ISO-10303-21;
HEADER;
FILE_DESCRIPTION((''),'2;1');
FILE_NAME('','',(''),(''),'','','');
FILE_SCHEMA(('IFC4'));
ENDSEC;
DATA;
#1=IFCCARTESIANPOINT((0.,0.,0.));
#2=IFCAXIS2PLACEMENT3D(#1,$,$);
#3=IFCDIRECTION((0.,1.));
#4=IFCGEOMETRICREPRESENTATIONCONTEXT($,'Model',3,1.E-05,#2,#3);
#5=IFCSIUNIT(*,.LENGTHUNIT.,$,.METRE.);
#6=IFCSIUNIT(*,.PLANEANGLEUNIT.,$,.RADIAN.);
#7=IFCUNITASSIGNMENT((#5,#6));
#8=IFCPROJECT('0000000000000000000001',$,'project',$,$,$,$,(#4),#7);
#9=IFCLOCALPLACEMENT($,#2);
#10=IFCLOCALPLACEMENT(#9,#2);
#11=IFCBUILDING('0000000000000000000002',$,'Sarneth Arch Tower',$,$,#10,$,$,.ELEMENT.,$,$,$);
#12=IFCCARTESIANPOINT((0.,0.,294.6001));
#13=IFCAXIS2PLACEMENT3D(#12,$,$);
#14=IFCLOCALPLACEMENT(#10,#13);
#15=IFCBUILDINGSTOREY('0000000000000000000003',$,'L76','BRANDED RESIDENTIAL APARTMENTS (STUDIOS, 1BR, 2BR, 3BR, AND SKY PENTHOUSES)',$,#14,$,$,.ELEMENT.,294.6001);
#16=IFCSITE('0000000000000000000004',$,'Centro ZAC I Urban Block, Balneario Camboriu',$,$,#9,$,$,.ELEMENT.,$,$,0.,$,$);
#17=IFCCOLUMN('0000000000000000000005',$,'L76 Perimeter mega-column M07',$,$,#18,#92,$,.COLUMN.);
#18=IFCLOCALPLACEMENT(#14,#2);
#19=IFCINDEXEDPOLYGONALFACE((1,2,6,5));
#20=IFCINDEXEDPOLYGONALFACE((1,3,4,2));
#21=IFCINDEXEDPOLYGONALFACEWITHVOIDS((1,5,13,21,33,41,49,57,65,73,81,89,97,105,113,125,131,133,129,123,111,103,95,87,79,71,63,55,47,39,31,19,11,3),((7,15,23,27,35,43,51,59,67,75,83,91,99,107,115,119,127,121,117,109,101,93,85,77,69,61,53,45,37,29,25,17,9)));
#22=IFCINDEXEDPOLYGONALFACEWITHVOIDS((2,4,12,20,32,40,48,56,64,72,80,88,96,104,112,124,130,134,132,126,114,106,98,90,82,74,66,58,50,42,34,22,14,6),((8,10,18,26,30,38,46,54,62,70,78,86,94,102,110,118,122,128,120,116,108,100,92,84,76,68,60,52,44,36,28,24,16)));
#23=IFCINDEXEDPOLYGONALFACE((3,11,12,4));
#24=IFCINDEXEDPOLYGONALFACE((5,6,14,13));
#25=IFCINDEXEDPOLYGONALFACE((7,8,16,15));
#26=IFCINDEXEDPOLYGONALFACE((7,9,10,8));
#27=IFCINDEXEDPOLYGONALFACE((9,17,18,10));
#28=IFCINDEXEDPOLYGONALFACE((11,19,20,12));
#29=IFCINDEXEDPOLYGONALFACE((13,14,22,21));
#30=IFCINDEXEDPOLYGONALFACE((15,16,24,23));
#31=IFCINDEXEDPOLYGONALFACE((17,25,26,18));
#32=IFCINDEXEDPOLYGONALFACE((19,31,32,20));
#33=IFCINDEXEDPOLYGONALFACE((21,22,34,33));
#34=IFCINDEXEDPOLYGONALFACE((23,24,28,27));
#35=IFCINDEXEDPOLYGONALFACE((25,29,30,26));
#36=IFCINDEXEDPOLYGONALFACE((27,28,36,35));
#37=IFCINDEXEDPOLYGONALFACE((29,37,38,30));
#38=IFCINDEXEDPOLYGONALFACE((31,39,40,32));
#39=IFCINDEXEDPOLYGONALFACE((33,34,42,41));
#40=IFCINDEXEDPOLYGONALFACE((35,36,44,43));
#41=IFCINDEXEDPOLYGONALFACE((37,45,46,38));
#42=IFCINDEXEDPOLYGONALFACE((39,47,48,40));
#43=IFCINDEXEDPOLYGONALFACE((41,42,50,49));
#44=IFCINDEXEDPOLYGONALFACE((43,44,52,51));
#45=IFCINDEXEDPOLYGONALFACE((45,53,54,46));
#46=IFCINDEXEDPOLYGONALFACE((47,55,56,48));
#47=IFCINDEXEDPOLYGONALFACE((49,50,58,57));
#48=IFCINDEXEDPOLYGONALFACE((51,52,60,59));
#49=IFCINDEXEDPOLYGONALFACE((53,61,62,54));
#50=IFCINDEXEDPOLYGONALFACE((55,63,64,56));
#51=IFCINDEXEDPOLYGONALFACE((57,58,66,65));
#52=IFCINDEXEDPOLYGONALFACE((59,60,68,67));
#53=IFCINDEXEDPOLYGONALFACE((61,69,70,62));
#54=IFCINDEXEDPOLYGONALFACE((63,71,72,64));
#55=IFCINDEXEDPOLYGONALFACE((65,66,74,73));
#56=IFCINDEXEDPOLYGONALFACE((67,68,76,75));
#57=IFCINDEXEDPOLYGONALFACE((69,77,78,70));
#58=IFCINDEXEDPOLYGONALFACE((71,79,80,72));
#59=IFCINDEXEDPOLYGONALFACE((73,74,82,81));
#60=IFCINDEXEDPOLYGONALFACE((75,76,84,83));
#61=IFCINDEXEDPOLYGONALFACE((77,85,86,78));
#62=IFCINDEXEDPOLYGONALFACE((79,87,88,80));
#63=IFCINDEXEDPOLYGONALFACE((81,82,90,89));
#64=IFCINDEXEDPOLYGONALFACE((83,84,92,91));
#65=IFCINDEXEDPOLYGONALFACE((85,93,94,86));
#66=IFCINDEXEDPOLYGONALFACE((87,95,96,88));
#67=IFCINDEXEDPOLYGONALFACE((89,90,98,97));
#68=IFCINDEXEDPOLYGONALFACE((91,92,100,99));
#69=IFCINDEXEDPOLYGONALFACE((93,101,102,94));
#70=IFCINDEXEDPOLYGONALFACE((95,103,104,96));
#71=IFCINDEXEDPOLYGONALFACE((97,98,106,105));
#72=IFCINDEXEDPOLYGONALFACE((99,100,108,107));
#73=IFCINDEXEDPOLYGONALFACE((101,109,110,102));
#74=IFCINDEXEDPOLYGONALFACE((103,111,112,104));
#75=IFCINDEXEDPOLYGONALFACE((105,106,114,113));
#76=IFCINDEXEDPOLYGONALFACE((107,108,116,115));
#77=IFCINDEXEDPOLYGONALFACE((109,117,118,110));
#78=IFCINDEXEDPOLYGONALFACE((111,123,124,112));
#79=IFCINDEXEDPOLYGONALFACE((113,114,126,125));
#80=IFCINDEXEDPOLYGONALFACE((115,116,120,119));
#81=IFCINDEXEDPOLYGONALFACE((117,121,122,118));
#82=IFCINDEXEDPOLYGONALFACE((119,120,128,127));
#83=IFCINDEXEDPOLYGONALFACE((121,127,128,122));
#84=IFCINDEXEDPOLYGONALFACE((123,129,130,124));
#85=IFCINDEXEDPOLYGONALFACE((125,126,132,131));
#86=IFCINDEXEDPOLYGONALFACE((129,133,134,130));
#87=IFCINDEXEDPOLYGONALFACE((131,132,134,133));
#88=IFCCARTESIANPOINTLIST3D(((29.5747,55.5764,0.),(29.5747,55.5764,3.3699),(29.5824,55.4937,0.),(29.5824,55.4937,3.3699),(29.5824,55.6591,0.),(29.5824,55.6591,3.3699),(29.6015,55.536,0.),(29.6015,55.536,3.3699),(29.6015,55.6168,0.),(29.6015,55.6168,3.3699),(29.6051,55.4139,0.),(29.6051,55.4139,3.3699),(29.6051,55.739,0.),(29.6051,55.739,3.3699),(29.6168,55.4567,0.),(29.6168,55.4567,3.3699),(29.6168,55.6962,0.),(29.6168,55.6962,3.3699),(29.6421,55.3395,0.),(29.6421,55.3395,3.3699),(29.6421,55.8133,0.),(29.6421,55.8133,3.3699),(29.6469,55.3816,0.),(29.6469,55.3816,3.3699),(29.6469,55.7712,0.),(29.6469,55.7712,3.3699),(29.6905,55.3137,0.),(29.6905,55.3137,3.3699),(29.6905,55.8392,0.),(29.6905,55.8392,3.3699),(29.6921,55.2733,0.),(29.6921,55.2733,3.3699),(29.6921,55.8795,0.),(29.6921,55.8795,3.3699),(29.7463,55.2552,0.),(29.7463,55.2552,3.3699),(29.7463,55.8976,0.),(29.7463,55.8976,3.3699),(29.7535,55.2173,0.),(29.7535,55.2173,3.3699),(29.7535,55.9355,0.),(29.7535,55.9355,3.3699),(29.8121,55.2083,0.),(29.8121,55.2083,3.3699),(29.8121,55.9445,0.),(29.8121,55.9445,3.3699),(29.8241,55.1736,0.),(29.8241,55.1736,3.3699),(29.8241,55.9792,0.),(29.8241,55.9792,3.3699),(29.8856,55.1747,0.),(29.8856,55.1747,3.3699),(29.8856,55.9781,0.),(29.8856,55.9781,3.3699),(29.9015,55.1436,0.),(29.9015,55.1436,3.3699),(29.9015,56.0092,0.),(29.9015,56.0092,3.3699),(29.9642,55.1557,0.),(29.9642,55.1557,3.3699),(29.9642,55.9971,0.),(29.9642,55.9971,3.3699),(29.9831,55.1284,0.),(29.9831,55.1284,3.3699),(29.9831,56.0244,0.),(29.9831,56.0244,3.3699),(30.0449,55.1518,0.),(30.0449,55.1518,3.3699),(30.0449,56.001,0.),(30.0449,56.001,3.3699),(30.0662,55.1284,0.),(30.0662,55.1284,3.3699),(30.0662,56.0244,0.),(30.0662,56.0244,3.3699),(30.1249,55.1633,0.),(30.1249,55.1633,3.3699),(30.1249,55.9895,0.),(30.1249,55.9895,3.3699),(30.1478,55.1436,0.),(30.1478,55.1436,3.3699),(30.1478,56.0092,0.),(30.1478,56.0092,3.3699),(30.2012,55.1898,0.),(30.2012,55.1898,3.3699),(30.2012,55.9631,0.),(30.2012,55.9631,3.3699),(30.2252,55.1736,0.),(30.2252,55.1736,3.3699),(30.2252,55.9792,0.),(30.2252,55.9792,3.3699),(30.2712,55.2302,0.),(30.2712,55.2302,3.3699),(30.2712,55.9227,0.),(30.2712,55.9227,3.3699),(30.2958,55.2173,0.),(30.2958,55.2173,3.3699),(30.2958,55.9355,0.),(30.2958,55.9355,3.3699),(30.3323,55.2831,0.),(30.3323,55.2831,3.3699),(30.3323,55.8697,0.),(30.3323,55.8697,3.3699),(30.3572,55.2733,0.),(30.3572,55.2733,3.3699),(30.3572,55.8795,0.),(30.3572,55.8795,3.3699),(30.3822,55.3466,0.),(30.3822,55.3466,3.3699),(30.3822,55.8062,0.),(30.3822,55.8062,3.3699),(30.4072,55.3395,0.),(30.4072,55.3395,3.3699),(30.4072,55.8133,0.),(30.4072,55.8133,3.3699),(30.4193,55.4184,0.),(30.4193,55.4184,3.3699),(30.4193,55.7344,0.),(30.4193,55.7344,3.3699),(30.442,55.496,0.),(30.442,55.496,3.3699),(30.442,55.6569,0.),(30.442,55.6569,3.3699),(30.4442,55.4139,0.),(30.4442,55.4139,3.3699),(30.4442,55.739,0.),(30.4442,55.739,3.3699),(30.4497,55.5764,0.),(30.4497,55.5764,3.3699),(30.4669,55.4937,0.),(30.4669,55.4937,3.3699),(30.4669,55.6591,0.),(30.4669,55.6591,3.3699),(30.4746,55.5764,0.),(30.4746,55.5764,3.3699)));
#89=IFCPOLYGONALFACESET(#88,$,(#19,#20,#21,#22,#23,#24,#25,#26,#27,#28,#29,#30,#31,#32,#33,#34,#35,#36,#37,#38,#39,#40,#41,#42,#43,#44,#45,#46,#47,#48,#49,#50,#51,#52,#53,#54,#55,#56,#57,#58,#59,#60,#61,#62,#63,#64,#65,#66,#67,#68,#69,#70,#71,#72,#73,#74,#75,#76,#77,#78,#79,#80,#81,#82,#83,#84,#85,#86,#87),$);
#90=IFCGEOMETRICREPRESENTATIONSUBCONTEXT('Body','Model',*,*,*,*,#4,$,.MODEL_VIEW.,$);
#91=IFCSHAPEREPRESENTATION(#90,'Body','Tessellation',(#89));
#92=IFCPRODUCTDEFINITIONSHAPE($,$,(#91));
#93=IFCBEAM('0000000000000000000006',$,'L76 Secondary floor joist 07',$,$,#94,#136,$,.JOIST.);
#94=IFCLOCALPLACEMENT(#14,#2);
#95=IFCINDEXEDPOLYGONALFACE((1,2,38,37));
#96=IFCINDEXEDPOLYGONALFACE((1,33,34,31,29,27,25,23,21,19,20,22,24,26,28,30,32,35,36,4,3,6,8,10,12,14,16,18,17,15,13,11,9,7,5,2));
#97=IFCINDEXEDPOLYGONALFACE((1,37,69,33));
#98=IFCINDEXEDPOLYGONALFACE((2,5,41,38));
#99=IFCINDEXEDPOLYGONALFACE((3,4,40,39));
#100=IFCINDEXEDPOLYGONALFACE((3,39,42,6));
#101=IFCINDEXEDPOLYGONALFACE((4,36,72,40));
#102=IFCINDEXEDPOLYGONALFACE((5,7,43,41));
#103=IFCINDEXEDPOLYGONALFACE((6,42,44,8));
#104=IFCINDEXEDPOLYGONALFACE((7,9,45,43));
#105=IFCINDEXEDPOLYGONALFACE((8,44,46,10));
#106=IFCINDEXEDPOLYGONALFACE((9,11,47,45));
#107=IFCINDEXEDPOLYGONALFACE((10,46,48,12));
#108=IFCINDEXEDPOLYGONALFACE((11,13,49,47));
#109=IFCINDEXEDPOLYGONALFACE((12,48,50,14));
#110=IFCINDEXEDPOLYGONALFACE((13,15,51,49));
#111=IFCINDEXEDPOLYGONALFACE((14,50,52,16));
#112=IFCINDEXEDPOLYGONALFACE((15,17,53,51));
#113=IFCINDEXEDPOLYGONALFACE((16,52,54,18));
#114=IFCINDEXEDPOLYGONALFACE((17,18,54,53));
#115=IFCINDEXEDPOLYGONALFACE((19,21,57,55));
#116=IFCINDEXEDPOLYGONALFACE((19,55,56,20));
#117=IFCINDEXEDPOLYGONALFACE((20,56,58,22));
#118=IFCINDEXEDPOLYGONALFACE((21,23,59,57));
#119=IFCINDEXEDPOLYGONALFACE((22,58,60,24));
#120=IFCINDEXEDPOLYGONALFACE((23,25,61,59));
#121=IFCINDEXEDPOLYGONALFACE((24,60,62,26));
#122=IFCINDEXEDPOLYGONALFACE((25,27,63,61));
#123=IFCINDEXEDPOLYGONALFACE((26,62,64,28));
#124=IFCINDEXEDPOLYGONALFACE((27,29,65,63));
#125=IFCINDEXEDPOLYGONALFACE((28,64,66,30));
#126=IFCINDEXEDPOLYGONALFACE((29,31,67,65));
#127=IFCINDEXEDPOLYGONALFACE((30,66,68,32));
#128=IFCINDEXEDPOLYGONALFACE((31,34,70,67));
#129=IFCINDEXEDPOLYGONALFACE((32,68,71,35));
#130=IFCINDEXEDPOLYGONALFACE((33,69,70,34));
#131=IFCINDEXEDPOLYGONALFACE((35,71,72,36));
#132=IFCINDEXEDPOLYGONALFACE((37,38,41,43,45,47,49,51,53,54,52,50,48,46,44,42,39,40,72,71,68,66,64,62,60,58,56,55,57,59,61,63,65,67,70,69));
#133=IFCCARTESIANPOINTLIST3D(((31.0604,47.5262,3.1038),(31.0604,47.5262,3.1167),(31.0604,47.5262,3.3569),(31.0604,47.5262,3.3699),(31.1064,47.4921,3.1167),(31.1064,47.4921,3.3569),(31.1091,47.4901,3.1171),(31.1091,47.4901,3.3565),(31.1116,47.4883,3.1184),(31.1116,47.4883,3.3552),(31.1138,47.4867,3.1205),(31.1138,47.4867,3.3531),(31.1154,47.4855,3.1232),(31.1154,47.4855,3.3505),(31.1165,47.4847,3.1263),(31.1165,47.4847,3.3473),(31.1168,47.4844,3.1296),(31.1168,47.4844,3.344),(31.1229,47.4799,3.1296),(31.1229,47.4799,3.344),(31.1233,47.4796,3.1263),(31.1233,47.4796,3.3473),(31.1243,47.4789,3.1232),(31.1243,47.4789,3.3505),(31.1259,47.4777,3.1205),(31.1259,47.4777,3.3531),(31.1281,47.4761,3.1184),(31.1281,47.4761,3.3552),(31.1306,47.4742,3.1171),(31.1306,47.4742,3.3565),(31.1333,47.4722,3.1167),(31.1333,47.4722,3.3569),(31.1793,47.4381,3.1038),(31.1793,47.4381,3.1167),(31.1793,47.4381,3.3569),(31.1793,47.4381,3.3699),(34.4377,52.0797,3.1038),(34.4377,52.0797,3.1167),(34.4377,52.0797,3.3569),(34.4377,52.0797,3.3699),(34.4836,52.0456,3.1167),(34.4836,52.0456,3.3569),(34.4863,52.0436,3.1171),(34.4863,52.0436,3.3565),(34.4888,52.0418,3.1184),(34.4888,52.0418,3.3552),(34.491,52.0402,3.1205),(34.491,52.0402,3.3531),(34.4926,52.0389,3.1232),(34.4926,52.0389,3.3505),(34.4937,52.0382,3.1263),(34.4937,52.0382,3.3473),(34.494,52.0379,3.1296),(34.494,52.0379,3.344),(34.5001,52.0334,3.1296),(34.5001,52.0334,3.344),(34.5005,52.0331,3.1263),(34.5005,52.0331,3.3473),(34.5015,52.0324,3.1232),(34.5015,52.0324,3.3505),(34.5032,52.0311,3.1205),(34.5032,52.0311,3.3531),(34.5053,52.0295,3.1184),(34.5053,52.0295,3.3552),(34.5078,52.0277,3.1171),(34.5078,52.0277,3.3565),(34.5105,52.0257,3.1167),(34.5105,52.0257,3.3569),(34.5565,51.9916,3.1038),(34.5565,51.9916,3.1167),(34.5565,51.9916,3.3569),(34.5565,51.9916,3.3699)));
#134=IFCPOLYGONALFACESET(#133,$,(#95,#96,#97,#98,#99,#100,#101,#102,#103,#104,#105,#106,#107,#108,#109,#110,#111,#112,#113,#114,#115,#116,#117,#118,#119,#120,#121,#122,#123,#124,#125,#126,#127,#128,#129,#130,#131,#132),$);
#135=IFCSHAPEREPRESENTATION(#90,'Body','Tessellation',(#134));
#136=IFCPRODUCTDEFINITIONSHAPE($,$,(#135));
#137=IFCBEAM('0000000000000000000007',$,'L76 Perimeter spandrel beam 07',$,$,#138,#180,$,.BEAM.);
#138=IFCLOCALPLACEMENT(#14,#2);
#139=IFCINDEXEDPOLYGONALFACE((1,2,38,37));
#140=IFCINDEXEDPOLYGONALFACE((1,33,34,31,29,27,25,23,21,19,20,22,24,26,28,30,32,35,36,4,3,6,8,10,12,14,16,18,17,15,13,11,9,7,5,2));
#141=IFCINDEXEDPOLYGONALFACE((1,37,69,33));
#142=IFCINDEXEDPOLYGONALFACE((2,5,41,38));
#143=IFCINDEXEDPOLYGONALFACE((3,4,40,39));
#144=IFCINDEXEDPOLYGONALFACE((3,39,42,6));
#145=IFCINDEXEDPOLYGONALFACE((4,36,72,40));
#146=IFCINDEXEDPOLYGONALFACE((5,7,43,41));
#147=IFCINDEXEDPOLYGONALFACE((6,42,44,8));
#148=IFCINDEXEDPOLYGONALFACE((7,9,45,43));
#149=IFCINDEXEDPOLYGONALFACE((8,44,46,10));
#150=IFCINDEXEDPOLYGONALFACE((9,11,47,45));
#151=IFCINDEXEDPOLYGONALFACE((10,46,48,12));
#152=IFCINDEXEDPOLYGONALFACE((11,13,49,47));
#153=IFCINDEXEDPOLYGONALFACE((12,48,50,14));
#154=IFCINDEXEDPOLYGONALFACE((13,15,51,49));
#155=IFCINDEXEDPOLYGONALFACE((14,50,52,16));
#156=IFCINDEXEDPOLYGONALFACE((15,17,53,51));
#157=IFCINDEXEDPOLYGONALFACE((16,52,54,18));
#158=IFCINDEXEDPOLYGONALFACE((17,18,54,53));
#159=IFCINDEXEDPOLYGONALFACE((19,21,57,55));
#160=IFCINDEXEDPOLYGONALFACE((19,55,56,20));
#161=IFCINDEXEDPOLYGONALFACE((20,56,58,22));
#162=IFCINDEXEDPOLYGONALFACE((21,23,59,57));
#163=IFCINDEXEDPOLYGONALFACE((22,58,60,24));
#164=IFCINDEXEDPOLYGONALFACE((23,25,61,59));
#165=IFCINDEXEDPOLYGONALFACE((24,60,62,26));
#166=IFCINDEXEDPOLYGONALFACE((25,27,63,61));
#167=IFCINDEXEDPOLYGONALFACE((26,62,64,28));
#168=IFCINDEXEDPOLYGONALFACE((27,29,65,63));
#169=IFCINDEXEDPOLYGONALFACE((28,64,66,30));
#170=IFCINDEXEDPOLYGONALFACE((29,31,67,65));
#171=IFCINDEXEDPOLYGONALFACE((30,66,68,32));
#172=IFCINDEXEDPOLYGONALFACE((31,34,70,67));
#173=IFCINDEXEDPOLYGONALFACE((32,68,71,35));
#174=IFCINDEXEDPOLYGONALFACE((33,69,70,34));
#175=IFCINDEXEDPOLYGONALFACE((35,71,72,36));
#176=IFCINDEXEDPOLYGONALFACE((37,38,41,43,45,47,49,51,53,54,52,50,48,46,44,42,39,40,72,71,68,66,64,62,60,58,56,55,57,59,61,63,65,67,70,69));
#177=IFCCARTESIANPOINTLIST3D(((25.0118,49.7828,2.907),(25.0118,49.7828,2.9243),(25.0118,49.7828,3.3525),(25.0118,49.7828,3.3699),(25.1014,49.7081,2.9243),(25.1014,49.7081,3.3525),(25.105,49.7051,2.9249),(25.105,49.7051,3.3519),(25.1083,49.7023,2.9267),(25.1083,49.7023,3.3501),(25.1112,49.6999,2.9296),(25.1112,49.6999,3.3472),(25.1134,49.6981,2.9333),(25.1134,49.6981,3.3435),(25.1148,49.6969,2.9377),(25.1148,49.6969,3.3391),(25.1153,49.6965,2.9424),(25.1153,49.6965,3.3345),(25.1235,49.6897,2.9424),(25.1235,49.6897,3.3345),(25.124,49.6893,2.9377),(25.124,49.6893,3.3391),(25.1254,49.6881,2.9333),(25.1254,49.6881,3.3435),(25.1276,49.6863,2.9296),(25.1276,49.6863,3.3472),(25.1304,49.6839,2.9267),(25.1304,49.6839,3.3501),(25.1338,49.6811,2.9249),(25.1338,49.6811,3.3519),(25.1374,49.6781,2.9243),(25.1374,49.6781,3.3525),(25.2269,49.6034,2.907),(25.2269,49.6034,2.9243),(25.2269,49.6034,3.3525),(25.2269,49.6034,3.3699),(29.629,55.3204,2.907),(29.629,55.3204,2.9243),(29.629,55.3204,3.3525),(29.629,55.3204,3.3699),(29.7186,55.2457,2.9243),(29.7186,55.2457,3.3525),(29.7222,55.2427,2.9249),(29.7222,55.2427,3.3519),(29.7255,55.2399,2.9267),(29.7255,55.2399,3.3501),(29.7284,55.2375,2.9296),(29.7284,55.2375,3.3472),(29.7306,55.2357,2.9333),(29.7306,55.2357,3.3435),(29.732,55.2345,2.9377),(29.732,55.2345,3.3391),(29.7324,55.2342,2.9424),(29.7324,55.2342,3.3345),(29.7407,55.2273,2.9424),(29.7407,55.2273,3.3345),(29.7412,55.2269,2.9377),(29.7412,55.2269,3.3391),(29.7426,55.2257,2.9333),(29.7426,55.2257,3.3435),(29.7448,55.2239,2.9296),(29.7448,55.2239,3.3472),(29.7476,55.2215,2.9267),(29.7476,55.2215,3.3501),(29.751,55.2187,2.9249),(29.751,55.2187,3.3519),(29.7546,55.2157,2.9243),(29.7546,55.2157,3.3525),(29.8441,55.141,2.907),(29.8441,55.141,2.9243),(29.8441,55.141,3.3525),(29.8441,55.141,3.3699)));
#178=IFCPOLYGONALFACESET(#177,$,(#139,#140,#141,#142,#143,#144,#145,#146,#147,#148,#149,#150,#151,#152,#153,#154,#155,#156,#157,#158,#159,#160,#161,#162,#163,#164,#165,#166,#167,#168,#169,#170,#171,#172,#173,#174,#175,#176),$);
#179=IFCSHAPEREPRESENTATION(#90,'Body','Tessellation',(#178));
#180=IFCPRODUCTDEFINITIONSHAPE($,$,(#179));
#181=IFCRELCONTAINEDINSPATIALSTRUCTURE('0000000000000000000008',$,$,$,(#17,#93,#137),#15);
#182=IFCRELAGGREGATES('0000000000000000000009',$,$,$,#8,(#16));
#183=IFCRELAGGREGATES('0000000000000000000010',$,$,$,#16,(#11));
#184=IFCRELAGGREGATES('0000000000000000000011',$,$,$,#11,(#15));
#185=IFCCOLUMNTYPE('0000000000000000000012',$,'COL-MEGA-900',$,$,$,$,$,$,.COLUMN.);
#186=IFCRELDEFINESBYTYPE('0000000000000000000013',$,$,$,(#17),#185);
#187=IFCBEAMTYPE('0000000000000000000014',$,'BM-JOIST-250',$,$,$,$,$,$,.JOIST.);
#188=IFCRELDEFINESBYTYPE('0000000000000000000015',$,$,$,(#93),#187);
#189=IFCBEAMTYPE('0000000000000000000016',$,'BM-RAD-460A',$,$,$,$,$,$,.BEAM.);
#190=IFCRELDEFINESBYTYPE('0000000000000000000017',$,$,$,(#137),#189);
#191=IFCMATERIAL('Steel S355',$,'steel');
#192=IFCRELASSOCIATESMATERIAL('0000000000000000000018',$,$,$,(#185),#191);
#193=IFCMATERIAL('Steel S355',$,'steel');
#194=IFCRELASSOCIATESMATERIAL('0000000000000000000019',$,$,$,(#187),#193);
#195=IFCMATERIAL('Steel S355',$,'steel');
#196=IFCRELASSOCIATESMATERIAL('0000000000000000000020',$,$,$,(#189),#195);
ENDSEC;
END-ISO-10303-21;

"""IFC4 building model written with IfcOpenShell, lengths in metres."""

from ifc_helpers import new_model, si_unit, direction, frame, origin, origin_2d, place, context, subcontext, project, spatial, hollow_circle, i_section, extrude, material, material_profile, profile_set, type_object, element, save


model = new_model("IFC4")

# Units and contexts
model_context = context("Model", 3, precision=1e-05, world=origin(), true_north=direction((0.0, 1.0)))
body_context = subcontext(model_context, "Body", "Model", "MODEL_VIEW")
ifc_project = project(units=[si_unit("LENGTHUNIT", "METRE"), si_unit("PLANEANGLEUNIT", "RADIAN")], contexts=[model_context])

# Site, building, storey
site_placement = place(None, origin())
site = spatial("IfcSite", under=ifc_project, at=site_placement, Name="Centro ZAC I Urban Block, Balneario Camboriu", CompositionType="ELEMENT", RefElevation=0.0)
building_placement = place(site_placement, origin())
building = spatial("IfcBuilding", under=site, at=building_placement, Name="Sarneth Arch Tower", CompositionType="ELEMENT")
storey_placement = place(building_placement, frame((0.0, 0.0, 294.6001)))
storey = spatial("IfcBuildingStorey", under=building, at=storey_placement, Name="L76", Description="BRANDED RESIDENTIAL APARTMENTS (STUDIOS, 1BR, 2BR, 3BR, AND SKY PENTHOUSES)", CompositionType="ELEMENT", Elevation=294.6001)

# Column
ifc_material_1 = material(Name="Steel S355", Category="steel")
ifc_material_profile_1 = material_profile(ifc_material_1, hollow_circle(Radius=0.45, WallThickness=0.0249, at=origin_2d()), Name="CHS900x25")
ifc_profile_set_1 = profile_set([ifc_material_profile_1], Name="Steel S355")
column_type = type_object("IfcColumnType", Name="COL-MEGA-900", PredefinedType="COLUMN", material=ifc_profile_set_1)
column_placement = place(storey_placement, frame((30.0247, 55.5764, 0.0), z_axis=(0.0, 0.0, 1.0), x_axis=(1.0, 0.0, 0.0)))
element("IfcColumn", 1, at=column_placement, inside=storey, type_object=column_type, Name="L76 Perimeter mega-column M07", PredefinedType="COLUMN", context=body_context, shape_type="SweptSolid", body=[
    extrude(hollow_circle(Radius=0.45, WallThickness=0.0249, at=origin_2d()), origin(), (0.0, 0.0, 1.0), 3.3699),
])

# Beams
ifc_material_2 = material(Name="Steel S355", Category="steel")
ifc_material_profile_2 = material_profile(ifc_material_2, i_section(OverallWidth=0.1479, OverallDepth=0.2661, WebThickness=0.0076, FlangeThickness=0.0129, FilletRadius=0.0129, at=origin_2d()), Name="W250x44.8")
ifc_profile_set_2 = profile_set([ifc_material_profile_2], Name="Steel S355")
beam_type_1 = type_object("IfcBeamType", Name="BM-JOIST-250", PredefinedType="JOIST", material=ifc_profile_set_2)
beam_1_placement = place(storey_placement, frame((34.4971, 52.0356, 3.2368), z_axis=(-0.595713, -0.803198, 0.0), x_axis=(0.803198, -0.595713, 0.0)))
element("IfcBeam", 2, at=beam_1_placement, inside=storey, type_object=beam_type_1, Name="L76 Secondary floor joist 07", PredefinedType="JOIST", context=body_context, shape_type="SweptSolid", body=[
    extrude(i_section(OverallWidth=0.1479, OverallDepth=0.2661, WebThickness=0.0076, FlangeThickness=0.0129, FilletRadius=0.0129, at=origin_2d()), origin(), (0.0, 0.0, 1.0), 5.6692),
])
ifc_material_3 = material(Name="Steel S355", Category="steel")
ifc_material_profile_3 = material_profile(ifc_material_3, i_section(OverallWidth=0.28, OverallDepth=0.4629, WebThickness=0.0107, FlangeThickness=0.0173, FilletRadius=0.0181, at=origin_2d()), Name="W460x113")
ifc_profile_set_3 = profile_set([ifc_material_profile_3], Name="Steel S355")
beam_type_2 = type_object("IfcBeamType", Name="BM-RAD-460A", PredefinedType="BEAM", material=ifc_profile_set_3)
beam_2_placement = place(storey_placement, frame((29.7366, 55.2307, 3.1384), z_axis=(-0.640391, -0.768049, 0.0), x_axis=(0.768049, -0.640391, 0.0)))
element("IfcBeam", 3, at=beam_2_placement, inside=storey, type_object=beam_type_2, Name="L76 Perimeter spandrel beam 07", PredefinedType="BEAM", context=body_context, shape_type="SweptSolid", body=[
    extrude(i_section(OverallWidth=0.28, OverallDepth=0.4629, WebThickness=0.0107, FlangeThickness=0.0173, FilletRadius=0.0181, at=origin_2d()), origin(), (0.0, 0.0, 1.0), 7.21),
])

save(model, "model.ifc")
